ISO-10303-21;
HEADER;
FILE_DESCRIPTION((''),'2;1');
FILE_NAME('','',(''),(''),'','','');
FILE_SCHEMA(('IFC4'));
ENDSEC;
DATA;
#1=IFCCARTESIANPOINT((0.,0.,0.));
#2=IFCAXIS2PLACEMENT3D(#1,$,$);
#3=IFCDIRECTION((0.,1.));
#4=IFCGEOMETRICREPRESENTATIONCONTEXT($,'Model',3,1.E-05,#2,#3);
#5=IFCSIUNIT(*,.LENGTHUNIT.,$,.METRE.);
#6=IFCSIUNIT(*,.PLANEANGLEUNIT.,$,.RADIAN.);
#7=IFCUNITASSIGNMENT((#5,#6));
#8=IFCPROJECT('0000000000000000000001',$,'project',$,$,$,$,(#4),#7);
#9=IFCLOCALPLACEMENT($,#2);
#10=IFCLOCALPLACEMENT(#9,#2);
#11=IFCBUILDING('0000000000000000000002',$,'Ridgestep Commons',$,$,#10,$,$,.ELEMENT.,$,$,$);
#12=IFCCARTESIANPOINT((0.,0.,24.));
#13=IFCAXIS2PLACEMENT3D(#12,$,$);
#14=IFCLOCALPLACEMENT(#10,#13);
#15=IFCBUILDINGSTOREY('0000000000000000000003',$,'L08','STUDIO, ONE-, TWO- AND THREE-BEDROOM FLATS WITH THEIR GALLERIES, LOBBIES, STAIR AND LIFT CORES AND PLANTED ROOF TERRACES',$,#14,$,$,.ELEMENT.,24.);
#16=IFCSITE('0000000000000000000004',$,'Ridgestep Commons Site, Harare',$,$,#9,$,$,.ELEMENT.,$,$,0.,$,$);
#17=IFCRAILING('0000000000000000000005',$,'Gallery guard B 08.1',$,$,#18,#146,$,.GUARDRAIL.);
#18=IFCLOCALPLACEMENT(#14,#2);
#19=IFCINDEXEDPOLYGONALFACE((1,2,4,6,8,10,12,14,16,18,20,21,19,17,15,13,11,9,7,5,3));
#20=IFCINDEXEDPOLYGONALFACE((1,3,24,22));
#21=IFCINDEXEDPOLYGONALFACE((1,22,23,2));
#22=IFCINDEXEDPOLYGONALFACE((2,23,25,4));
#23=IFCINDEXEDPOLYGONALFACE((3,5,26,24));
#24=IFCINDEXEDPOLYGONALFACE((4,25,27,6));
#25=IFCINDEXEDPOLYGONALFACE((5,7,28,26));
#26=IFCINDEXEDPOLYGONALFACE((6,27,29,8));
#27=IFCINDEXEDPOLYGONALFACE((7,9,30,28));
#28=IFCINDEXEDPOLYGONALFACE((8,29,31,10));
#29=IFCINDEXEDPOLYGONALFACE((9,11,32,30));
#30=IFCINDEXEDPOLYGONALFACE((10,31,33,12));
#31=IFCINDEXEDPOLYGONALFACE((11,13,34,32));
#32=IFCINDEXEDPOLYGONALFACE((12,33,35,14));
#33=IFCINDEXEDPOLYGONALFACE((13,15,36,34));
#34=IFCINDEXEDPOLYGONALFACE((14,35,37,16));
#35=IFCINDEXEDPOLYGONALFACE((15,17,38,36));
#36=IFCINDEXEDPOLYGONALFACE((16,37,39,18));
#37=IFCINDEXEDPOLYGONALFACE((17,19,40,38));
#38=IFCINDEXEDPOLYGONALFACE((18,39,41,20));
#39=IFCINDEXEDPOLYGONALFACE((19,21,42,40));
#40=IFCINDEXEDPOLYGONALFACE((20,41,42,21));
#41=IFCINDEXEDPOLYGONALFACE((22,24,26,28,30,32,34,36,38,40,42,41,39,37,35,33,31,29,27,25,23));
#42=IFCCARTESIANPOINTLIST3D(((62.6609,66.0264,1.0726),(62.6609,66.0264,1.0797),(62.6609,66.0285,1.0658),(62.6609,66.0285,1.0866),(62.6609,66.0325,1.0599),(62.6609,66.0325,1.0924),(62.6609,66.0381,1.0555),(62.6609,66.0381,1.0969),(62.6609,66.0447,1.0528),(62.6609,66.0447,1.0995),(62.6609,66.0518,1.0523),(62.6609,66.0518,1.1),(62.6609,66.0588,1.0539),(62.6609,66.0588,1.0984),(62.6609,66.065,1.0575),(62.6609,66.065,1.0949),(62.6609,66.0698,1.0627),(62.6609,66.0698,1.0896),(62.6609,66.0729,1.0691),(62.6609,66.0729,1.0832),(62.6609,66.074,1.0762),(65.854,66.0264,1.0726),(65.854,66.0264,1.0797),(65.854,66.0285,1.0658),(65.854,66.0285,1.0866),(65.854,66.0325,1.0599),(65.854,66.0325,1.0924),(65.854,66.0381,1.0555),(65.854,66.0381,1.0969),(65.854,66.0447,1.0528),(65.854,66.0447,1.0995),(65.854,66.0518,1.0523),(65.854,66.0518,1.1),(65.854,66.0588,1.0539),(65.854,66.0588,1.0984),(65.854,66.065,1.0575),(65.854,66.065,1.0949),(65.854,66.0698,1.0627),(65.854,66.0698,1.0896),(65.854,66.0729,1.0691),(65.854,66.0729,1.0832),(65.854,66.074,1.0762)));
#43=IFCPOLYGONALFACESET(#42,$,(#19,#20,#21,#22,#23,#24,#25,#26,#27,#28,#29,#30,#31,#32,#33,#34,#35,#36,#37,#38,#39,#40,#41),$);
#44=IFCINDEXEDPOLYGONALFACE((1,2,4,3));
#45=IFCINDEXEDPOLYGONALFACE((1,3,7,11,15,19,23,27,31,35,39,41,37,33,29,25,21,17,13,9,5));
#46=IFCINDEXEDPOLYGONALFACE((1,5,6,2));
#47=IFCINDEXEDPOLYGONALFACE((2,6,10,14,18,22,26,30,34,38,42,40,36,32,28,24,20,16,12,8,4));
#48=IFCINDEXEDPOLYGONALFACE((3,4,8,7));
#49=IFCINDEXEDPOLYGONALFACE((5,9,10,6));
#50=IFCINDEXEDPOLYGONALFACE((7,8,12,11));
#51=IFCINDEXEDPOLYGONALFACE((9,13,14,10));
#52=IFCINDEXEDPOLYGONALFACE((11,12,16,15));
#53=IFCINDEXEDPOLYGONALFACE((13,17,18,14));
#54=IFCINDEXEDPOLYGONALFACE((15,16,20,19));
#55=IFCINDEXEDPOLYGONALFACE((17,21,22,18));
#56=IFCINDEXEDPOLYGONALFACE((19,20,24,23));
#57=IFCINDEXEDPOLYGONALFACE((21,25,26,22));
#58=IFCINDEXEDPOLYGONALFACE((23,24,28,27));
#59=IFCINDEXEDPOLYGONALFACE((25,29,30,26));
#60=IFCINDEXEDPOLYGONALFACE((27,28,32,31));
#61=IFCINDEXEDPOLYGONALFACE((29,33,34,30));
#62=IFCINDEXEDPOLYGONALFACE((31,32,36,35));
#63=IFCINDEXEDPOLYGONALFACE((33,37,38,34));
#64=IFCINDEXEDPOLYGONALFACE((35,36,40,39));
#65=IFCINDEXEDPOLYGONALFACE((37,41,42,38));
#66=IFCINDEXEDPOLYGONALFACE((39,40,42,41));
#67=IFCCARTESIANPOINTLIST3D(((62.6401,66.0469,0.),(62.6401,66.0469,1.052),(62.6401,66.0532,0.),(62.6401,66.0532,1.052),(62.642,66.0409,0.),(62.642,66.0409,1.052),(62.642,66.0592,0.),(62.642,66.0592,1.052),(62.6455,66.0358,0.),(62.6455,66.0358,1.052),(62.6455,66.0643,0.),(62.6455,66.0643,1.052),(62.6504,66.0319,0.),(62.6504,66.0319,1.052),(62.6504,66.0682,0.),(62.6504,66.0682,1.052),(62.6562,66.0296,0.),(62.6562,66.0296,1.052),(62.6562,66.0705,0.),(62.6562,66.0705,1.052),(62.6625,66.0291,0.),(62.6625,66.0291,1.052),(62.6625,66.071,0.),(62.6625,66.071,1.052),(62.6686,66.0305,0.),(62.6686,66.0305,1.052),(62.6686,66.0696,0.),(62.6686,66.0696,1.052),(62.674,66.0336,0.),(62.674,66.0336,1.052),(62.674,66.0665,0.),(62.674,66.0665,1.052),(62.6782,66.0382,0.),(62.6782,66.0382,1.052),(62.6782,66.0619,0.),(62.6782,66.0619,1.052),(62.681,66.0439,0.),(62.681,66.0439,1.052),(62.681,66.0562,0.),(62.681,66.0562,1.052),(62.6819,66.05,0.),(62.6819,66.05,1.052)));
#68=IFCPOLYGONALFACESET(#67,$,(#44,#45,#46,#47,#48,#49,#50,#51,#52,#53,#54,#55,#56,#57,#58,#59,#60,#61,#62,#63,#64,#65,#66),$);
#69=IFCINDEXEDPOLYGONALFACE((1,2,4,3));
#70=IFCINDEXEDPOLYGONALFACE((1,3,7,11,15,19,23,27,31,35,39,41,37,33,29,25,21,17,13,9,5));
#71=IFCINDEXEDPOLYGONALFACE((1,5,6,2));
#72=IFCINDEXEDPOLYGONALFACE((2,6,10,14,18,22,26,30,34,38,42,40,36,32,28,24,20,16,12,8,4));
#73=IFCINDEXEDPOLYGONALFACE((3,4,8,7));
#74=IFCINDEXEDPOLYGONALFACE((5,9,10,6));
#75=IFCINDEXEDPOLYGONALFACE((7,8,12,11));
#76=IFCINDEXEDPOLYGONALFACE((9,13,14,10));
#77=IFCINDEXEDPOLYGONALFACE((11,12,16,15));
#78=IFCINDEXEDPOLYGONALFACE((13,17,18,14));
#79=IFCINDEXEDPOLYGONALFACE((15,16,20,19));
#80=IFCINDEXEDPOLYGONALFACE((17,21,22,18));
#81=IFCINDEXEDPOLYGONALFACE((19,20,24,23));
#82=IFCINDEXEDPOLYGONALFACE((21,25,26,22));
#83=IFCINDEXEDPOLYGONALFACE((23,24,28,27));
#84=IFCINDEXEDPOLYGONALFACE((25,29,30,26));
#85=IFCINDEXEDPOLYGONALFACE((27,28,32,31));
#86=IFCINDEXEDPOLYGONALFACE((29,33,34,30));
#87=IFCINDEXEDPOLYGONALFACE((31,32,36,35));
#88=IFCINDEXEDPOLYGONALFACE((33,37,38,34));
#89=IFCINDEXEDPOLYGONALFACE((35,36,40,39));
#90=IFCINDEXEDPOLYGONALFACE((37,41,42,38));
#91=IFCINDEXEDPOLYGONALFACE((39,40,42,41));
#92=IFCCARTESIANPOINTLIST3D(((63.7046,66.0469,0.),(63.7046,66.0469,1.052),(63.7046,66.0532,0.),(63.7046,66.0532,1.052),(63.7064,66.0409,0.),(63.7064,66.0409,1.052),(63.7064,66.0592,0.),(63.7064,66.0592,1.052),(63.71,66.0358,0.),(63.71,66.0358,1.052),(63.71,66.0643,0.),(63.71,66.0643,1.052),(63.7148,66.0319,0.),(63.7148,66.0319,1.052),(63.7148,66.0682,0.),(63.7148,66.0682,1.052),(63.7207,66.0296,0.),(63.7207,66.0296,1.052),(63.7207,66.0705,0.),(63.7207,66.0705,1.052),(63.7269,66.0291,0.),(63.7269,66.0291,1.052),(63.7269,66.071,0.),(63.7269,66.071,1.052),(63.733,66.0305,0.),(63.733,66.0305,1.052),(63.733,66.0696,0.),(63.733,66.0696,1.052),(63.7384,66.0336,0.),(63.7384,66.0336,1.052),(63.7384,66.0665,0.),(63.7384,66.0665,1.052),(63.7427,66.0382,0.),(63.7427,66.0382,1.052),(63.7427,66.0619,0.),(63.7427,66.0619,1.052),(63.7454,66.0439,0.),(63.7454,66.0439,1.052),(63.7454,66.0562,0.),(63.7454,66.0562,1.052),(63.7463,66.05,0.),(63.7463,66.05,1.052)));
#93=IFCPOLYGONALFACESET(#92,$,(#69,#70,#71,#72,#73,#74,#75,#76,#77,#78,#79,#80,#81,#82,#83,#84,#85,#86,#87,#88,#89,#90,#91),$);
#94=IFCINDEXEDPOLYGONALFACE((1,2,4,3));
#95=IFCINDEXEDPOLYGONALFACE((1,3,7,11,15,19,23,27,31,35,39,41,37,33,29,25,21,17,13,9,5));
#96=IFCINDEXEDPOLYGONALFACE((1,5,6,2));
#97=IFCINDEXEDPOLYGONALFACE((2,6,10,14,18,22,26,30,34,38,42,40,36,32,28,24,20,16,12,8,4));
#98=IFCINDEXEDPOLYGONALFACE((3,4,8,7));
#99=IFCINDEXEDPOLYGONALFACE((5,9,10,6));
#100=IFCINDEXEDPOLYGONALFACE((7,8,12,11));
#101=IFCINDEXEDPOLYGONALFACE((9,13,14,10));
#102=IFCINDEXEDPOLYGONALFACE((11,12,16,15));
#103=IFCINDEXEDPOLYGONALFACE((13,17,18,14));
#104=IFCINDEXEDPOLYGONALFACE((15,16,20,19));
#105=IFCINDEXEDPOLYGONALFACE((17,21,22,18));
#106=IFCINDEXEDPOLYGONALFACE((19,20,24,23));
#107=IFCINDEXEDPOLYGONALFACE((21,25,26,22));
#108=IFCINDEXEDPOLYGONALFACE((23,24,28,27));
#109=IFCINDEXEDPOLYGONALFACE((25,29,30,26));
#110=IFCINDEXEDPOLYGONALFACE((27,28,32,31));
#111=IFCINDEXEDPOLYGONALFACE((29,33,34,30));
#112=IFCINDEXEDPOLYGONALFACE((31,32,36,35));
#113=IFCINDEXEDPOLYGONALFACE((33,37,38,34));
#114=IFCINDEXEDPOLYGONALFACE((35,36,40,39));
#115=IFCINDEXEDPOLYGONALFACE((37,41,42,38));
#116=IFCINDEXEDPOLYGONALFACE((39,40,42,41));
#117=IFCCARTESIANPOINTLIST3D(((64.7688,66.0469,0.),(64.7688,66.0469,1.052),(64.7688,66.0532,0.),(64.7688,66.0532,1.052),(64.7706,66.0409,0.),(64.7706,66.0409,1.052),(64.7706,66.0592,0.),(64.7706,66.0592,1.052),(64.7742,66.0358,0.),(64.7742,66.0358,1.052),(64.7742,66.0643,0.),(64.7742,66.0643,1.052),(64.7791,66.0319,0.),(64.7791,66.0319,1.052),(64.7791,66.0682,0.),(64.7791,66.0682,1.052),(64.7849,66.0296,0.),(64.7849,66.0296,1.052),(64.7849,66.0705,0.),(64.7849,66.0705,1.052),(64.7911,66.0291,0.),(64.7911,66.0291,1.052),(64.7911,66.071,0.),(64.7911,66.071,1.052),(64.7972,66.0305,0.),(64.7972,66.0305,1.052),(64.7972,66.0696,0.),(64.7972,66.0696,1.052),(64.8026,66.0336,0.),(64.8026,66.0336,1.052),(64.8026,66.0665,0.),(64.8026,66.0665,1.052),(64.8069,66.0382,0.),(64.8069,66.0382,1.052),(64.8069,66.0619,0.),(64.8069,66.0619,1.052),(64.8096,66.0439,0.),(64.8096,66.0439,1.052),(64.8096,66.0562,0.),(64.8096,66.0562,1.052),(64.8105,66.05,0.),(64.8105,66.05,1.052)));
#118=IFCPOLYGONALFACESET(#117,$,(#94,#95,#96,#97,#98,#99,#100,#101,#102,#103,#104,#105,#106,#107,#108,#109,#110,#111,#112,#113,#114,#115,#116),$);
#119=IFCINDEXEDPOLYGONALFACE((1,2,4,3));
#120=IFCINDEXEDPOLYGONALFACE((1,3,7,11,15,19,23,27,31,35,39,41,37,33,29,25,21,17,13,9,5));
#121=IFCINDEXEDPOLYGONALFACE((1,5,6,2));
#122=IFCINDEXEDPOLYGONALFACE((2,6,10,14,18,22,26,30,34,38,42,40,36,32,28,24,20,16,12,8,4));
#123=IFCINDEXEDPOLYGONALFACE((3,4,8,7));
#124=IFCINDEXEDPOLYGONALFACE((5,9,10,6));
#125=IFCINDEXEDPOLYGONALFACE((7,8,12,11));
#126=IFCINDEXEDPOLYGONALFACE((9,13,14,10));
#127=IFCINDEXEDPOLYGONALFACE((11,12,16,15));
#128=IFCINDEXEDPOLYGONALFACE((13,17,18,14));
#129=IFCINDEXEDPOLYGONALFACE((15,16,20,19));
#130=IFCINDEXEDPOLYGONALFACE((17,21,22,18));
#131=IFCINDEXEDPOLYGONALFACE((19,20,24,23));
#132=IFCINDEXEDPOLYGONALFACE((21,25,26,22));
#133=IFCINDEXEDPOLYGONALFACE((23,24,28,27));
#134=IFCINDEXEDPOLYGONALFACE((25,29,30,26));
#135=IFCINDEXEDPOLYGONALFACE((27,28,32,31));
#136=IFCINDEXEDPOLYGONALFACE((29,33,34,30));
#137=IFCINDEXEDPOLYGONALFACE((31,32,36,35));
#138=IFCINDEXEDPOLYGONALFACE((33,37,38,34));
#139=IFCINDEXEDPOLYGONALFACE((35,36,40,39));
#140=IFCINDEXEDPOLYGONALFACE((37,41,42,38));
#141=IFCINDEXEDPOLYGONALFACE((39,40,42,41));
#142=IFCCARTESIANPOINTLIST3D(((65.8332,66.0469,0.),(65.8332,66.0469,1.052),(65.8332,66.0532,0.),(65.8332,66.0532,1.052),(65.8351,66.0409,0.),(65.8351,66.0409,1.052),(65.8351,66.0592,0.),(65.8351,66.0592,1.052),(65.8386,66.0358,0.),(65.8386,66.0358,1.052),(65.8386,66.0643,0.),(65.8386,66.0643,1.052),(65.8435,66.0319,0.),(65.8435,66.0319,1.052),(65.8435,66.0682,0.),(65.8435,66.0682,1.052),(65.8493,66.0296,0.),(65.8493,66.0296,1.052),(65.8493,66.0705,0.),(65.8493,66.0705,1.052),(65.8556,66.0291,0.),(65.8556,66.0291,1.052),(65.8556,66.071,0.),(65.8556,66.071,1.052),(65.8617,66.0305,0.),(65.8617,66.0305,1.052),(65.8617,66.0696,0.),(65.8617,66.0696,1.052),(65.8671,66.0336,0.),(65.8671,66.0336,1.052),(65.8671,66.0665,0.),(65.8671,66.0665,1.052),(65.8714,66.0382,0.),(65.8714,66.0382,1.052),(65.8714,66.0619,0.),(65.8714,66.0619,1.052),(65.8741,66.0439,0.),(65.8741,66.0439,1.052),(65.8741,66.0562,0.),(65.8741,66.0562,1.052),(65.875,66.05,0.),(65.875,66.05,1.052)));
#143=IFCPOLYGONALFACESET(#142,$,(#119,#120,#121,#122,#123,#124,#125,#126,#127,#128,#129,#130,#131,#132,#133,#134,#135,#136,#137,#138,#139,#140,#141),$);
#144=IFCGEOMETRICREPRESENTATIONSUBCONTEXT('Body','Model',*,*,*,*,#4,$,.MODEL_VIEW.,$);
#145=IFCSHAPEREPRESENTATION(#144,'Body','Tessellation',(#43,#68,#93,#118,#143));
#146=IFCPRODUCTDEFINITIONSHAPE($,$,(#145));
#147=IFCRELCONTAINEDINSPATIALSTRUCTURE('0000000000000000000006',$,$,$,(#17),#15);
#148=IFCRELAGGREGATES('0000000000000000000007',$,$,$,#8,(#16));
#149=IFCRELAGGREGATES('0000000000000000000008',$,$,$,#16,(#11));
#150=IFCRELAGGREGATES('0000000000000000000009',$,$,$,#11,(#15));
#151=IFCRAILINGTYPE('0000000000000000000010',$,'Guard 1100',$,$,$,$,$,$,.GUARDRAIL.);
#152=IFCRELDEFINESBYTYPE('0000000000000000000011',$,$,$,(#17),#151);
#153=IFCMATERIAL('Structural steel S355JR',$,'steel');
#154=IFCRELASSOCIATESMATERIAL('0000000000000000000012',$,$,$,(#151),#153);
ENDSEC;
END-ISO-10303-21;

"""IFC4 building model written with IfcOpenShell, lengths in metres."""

from ifc_helpers import new_model, si_unit, direction, frame, origin, origin_2d, place, context, subcontext, project, spatial, circle, extrude, material, type_object, element, save


model = new_model("IFC4")

# Units and contexts
model_context = context("Model", 3, precision=1e-05, world=origin(), true_north=direction((0.0, 1.0)))
body_context = subcontext(model_context, "Body", "Model", "MODEL_VIEW")
ifc_project = project(units=[si_unit("LENGTHUNIT", "METRE"), si_unit("PLANEANGLEUNIT", "RADIAN")], contexts=[model_context])

# Site, building, storey
site_placement = place(None, origin())
site = spatial("IfcSite", under=ifc_project, at=site_placement, Name="Ridgestep Commons Site, Harare", CompositionType="ELEMENT", RefElevation=0.0)
building_placement = place(site_placement, origin())
building = spatial("IfcBuilding", under=site, at=building_placement, Name="Ridgestep Commons", CompositionType="ELEMENT")
storey_placement = place(building_placement, frame((0.0, 0.0, 24.0)))
storey = spatial("IfcBuildingStorey", under=building, at=storey_placement, Name="L08", Description="STUDIO, ONE-, TWO- AND THREE-BEDROOM FLATS WITH THEIR GALLERIES, LOBBIES, STAIR AND LIFT CORES AND PLANTED ROOF TERRACES", CompositionType="ELEMENT", Elevation=24.0)

# Railing
ifc_material_1 = material(Name="Structural steel S355JR", Category="steel")
railing_type = type_object("IfcRailingType", Name="Guard 1100", PredefinedType="GUARDRAIL", material=ifc_material_1)
railing_1_placement = place(storey_placement, frame((62.6609, 66.05, 0.0)))
element("IfcRailing", 1, at=railing_1_placement, inside=storey, type_object=railing_type, Name="Gallery guard B 08.1", PredefinedType="GUARDRAIL", context=body_context, shape_type="SweptSolid", body=[
    extrude(circle(Radius=0.0239, at=origin_2d()), frame((0.0, 0.0, 1.0762), z_axis=(1.0, 0.0, 0.0), x_axis=(0.0, 1.0, 0.0)), (0.0, 0.0, 1.0), 3.1931),
    extrude(circle(Radius=0.021, at=origin_2d()), origin(), (0.0, 0.0, 1.0), 1.052),
    extrude(circle(Radius=0.021, at=origin_2d()), frame((1.0645, 0.0, 0.0)), (0.0, 0.0, 1.0), 1.052),
    extrude(circle(Radius=0.021, at=origin_2d()), frame((2.1287, 0.0, 0.0)), (0.0, 0.0, 1.0), 1.052),
    extrude(circle(Radius=0.021, at=origin_2d()), frame((3.1931, 0.0, 0.0)), (0.0, 0.0, 1.0), 1.052),
])

save(model, "model.ifc")
